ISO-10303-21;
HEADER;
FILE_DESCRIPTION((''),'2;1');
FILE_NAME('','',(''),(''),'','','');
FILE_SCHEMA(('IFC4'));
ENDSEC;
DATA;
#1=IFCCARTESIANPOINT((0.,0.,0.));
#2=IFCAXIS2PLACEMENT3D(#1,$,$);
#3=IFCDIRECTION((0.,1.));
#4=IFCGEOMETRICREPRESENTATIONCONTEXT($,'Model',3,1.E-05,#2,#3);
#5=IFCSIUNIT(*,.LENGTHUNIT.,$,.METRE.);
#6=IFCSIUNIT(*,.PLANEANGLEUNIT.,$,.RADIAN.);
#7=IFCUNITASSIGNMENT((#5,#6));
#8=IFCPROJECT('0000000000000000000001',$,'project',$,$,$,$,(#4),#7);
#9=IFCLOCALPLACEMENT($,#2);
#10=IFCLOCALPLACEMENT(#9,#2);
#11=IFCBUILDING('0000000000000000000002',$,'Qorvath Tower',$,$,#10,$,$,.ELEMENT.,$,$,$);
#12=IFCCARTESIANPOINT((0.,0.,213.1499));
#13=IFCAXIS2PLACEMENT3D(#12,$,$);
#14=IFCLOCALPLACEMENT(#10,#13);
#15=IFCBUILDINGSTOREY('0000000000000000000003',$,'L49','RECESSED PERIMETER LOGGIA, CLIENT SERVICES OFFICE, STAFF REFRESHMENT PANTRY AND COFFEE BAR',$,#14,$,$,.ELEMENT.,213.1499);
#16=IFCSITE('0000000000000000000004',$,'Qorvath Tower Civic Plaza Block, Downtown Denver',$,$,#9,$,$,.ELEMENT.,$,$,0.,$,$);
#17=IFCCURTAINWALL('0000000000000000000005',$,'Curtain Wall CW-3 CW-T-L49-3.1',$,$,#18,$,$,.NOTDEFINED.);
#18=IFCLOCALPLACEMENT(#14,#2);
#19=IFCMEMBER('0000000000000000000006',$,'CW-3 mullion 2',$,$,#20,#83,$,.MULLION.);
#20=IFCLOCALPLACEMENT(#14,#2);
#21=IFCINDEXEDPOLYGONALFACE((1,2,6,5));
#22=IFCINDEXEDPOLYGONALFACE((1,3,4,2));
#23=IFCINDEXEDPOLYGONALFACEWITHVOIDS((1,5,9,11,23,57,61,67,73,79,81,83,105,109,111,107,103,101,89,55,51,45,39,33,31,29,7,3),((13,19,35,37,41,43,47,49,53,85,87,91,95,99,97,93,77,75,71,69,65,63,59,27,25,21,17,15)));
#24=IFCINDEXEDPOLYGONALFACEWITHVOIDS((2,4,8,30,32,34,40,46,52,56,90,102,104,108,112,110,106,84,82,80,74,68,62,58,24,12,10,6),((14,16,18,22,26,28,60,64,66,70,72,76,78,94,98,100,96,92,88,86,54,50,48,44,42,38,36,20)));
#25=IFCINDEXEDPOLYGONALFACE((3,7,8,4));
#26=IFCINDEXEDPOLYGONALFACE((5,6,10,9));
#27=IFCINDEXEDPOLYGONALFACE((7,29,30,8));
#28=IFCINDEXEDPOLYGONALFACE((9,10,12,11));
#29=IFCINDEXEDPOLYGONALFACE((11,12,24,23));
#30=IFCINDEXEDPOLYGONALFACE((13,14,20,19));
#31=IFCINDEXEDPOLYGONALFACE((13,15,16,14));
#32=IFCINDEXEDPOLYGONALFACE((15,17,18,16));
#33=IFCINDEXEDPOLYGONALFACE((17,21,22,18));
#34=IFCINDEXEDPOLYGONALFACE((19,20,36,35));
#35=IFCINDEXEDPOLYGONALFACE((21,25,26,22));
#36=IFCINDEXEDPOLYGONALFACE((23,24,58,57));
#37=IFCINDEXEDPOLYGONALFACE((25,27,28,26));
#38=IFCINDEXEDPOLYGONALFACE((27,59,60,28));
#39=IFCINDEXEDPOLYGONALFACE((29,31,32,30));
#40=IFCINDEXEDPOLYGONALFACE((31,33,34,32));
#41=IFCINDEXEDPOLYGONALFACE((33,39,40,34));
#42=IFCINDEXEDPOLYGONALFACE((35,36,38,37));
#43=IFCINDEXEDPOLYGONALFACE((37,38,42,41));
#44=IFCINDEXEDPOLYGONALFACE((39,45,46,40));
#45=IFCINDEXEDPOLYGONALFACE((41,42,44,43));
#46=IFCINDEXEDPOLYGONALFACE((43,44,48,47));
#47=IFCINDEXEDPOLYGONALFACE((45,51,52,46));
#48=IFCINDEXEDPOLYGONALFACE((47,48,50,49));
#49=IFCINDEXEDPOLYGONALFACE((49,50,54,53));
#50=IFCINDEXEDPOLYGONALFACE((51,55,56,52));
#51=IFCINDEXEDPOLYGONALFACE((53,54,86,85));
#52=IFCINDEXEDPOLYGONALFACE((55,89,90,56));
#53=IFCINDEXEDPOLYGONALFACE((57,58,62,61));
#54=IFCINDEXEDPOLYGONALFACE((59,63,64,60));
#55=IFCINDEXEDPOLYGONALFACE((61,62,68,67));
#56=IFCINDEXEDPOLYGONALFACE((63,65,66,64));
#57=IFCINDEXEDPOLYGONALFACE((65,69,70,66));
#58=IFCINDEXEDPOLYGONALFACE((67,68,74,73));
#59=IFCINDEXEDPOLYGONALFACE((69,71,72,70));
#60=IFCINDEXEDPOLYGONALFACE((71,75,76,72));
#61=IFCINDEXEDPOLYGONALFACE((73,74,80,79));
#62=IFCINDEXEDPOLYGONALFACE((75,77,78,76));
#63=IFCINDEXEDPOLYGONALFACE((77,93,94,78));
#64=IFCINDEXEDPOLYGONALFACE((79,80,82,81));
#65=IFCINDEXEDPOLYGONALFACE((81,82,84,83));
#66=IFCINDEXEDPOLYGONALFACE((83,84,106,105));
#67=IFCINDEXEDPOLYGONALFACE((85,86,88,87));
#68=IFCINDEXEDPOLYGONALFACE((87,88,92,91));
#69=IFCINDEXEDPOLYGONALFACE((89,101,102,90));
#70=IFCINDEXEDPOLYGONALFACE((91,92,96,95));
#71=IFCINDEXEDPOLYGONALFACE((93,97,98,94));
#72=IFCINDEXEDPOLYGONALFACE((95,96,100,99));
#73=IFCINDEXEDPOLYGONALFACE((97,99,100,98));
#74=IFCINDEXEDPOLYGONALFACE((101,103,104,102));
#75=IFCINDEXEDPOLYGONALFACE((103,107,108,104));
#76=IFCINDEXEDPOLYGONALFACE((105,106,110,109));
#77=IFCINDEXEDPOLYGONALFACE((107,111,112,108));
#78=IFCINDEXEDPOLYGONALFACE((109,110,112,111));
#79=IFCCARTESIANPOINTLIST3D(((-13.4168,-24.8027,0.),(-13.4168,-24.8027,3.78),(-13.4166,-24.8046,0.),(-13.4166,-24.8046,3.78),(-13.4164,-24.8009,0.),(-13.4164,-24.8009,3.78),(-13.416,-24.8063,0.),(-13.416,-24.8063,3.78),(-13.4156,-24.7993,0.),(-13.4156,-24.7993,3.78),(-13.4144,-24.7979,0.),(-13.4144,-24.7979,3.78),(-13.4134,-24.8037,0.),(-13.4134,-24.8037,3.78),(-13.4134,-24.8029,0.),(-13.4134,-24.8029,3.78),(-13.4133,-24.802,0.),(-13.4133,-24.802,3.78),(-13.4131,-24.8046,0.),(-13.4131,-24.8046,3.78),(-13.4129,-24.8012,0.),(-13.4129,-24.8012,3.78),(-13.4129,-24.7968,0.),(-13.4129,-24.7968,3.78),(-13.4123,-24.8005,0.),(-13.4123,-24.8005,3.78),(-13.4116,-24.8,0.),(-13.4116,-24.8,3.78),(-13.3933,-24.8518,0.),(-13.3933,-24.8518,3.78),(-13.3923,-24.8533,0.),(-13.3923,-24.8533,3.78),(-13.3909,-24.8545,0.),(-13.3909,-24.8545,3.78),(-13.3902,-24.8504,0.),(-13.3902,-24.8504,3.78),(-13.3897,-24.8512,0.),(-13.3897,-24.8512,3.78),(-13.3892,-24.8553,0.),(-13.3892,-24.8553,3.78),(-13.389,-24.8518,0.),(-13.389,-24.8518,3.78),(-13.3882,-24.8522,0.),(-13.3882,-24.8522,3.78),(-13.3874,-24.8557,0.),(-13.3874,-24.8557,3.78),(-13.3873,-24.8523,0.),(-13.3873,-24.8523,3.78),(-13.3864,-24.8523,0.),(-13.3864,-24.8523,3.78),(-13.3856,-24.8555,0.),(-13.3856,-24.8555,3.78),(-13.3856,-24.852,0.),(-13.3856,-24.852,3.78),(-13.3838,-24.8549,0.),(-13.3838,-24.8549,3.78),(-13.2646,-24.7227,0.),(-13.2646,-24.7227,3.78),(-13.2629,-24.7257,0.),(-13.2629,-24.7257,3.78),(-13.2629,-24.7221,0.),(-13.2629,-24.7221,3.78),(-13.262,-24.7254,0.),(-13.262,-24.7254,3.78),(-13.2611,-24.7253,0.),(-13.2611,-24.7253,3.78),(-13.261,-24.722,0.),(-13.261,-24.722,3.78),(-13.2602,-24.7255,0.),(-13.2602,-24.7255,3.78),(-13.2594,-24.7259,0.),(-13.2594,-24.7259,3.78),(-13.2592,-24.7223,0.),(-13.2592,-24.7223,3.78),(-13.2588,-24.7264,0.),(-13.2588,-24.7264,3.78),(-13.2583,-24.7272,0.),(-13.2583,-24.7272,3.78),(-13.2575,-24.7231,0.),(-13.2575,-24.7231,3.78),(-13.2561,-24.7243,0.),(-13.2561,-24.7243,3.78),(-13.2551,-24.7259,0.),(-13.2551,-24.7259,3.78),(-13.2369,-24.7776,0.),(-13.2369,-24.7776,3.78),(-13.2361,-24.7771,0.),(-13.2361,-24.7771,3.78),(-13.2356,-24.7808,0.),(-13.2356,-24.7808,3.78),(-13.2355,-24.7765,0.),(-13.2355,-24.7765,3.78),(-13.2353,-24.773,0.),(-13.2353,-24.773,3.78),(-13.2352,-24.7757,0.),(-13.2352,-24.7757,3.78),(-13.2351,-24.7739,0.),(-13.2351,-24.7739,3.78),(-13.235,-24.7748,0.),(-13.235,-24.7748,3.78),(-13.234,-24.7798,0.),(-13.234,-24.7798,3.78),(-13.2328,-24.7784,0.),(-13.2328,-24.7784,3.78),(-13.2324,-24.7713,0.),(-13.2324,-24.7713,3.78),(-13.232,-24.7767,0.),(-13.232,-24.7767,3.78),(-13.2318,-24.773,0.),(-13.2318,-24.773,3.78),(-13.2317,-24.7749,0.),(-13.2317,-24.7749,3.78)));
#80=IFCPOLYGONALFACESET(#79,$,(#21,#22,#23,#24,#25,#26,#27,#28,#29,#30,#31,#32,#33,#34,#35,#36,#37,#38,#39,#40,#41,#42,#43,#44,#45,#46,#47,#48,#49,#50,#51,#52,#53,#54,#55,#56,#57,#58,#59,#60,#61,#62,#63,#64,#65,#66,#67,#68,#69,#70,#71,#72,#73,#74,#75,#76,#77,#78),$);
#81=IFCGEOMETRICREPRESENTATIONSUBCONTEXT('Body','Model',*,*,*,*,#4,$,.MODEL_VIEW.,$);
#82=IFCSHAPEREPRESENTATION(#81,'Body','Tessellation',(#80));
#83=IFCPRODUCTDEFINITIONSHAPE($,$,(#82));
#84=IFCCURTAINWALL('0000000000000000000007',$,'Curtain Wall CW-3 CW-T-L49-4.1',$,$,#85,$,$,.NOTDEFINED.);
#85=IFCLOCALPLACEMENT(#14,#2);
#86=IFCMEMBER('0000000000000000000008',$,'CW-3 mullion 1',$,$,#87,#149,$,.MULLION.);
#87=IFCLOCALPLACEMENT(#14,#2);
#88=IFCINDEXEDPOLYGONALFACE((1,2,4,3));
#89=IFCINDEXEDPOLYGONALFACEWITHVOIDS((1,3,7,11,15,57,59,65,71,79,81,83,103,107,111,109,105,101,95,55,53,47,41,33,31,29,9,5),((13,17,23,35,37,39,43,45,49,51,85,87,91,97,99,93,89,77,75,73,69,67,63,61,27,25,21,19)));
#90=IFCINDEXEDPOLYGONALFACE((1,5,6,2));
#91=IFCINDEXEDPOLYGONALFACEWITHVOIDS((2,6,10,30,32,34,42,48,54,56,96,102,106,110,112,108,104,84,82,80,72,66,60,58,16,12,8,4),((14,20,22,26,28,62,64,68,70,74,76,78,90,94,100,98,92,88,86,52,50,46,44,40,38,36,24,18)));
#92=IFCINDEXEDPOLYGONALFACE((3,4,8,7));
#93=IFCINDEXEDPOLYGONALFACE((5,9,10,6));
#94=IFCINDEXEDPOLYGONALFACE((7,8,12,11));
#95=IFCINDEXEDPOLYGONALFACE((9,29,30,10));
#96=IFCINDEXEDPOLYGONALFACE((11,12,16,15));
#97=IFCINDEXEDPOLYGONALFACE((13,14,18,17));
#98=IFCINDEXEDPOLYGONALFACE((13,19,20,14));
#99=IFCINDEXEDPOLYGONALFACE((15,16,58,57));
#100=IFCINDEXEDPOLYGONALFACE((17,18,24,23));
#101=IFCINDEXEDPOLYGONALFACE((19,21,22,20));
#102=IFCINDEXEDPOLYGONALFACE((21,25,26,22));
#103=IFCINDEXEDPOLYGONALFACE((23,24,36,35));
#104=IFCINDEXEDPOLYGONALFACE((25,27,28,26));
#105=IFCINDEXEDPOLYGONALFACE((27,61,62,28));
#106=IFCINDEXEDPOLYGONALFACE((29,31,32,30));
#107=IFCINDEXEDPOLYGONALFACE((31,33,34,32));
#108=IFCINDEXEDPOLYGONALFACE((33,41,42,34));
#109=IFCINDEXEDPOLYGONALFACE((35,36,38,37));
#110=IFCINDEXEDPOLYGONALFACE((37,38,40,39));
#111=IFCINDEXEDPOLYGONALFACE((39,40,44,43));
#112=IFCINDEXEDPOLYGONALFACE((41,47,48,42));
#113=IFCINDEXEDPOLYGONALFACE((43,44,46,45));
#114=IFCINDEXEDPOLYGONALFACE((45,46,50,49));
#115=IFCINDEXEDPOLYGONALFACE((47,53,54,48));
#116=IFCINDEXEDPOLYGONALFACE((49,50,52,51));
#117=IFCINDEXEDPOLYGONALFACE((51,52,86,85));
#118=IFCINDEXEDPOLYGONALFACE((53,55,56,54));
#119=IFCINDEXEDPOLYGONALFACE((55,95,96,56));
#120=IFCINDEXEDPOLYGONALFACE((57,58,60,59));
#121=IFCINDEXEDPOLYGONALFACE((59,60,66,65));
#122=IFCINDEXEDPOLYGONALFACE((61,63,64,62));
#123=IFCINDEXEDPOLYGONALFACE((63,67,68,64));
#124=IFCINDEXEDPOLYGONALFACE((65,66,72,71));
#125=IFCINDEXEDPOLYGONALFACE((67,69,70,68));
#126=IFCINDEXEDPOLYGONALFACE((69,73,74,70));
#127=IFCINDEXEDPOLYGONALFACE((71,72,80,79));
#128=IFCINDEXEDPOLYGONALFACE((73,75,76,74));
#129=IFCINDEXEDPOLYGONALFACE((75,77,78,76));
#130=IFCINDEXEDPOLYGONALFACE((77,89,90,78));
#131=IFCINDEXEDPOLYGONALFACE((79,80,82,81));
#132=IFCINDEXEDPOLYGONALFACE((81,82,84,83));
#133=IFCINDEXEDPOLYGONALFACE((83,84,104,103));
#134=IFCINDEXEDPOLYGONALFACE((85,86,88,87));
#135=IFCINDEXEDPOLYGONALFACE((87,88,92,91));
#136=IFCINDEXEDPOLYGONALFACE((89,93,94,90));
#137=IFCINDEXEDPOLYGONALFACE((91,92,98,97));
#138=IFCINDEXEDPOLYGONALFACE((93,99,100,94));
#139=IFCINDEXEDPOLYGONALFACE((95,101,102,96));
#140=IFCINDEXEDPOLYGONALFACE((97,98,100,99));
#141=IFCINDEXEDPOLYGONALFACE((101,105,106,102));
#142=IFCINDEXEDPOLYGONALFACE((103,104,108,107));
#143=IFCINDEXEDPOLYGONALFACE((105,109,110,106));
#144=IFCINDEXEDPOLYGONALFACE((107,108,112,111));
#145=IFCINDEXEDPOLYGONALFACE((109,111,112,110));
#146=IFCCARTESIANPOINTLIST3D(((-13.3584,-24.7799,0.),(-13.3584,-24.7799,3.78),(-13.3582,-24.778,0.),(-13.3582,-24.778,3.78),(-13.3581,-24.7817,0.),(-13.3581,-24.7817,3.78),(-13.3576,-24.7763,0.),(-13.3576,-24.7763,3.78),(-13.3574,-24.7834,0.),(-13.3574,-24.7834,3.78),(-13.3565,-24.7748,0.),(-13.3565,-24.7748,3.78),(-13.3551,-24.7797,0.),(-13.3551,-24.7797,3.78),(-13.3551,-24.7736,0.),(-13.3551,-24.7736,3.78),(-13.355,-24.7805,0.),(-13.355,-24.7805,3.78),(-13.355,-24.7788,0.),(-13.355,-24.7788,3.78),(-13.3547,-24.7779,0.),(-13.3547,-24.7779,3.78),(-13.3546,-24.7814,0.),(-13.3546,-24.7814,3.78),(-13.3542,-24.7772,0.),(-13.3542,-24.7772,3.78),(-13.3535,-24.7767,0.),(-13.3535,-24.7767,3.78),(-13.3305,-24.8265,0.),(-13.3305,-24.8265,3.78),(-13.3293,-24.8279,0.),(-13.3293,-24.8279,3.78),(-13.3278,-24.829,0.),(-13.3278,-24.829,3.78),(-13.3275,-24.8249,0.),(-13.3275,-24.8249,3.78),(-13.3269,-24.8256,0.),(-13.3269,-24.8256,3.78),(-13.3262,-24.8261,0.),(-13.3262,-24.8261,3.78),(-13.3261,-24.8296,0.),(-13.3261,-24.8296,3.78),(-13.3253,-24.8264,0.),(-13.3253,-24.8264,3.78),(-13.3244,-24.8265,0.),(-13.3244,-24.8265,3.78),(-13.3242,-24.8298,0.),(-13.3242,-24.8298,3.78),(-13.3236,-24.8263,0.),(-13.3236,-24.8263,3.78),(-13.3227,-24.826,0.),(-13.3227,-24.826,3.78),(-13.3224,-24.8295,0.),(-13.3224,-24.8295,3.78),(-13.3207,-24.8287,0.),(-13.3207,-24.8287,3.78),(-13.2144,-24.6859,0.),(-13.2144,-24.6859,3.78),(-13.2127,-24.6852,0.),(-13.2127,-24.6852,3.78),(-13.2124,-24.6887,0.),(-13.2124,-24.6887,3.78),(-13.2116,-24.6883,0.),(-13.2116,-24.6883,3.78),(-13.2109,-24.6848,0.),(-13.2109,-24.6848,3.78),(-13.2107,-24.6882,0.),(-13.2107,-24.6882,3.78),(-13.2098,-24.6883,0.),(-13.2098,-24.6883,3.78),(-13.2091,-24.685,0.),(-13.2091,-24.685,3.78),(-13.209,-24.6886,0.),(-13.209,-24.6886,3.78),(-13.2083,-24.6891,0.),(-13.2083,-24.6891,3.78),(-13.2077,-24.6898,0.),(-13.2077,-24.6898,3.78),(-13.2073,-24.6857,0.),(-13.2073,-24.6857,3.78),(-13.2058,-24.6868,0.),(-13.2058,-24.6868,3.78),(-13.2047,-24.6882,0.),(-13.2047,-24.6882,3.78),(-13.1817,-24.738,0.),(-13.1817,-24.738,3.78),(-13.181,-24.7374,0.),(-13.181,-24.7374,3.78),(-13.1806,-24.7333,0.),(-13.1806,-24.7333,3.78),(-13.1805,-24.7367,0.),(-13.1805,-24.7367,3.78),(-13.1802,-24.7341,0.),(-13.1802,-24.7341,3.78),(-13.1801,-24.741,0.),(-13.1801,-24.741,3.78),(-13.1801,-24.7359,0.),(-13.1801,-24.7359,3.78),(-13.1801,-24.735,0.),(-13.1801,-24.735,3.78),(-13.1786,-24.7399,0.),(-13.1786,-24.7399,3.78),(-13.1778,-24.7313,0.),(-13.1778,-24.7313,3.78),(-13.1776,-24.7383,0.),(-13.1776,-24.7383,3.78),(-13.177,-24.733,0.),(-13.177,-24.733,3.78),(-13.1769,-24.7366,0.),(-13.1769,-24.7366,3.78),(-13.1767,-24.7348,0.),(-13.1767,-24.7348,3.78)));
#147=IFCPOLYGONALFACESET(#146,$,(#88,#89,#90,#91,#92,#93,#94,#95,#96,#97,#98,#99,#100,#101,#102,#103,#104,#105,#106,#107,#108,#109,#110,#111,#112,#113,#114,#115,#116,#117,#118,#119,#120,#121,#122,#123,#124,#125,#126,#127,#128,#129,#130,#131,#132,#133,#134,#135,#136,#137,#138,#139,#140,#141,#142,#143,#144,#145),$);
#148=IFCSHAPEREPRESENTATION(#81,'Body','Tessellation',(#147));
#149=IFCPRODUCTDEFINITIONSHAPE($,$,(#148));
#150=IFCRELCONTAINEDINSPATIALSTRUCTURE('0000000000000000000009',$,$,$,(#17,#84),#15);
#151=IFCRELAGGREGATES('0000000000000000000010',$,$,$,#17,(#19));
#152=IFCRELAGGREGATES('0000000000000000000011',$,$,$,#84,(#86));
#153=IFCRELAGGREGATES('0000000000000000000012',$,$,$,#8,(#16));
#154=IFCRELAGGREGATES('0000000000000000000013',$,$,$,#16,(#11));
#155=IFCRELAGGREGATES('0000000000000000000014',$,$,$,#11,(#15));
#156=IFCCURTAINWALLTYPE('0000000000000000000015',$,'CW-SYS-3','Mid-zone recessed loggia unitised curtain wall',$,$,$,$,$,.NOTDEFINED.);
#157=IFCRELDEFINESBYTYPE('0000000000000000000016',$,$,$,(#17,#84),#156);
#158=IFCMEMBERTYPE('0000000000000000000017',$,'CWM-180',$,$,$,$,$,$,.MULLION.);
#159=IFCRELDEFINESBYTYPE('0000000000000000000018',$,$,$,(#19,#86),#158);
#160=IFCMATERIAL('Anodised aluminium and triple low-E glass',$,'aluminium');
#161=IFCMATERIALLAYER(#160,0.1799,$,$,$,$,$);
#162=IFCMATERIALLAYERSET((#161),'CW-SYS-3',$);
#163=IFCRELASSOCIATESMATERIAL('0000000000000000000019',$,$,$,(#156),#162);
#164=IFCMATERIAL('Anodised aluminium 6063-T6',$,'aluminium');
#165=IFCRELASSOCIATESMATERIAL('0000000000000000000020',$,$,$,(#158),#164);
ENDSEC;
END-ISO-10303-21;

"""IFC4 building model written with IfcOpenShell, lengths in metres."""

from ifc_helpers import new_model, si_unit, direction, frame, origin, origin_2d, place, context, subcontext, project, spatial, hollow_rectangle, extrude, material, layer, layer_set, material_profile, profile_set, type_object, element, aggregate, save


model = new_model("IFC4")

# Units and contexts
model_context = context("Model", 3, precision=1e-05, world=origin(), true_north=direction((0.0, 1.0)))
body_context = subcontext(model_context, "Body", "Model", "MODEL_VIEW")
ifc_project = project(units=[si_unit("LENGTHUNIT", "METRE"), si_unit("PLANEANGLEUNIT", "RADIAN")], contexts=[model_context])

# Site, building, storey
site_placement = place(None, origin())
site = spatial("IfcSite", under=ifc_project, at=site_placement, Name="Qorvath Tower Civic Plaza Block, Downtown Denver", CompositionType="ELEMENT", RefElevation=0.0)
building_placement = place(site_placement, origin())
building = spatial("IfcBuilding", under=site, at=building_placement, Name="Qorvath Tower", CompositionType="ELEMENT")
storey_placement = place(building_placement, frame((0.0, 0.0, 213.1499)))
storey = spatial("IfcBuildingStorey", under=building, at=storey_placement, Name="L49", Description="RECESSED PERIMETER LOGGIA, CLIENT SERVICES OFFICE, STAFF REFRESHMENT PANTRY AND COFFEE BAR", CompositionType="ELEMENT", Elevation=213.1499)

# Shared definitions
ifc_material_1 = material(Name="Anodised aluminium and triple low-E glass", Category="aluminium")
ifc_layer_1 = layer(ifc_material_1, 0.1799)
ifc_layer_set_1 = layer_set([ifc_layer_1], Name="CW-SYS-3")
curtain_wall_type = type_object("IfcCurtainWallType", Name="CW-SYS-3", Description="Mid-zone recessed loggia unitised curtain wall", PredefinedType="NOTDEFINED", material=ifc_layer_set_1)
ifc_material_2 = material(Name="Anodised aluminium 6063-T6", Category="aluminium")
ifc_material_profile_1 = material_profile(ifc_material_2, hollow_rectangle(XDim=0.0649, YDim=0.1799, WallThickness=0.0034, InnerFilletRadius=0.0034, OuterFilletRadius=0.0071, at=origin_2d()), Name="CWM 180x65")
ifc_profile_set_1 = profile_set([ifc_material_profile_1], Name="Anodised aluminium 6063-T6")
member_type_1 = type_object("IfcMemberType", Name="CWM-180", PredefinedType="MULLION", material=ifc_profile_set_1)

# Curtain walls, members
curtain_wall_1_placement = place(storey_placement, origin())
curtain_wall_1 = element("IfcCurtainWall", 1, at=curtain_wall_1_placement, inside=storey, type_object=curtain_wall_type, Name="Curtain Wall CW-3 CW-T-L49-3.1", PredefinedType="NOTDEFINED")
member_1_placement = place(storey_placement, frame((-13.3242, -24.7888, 0.0), z_axis=(0.0, 0.0, 1.0), x_axis=(-0.447167, 0.894451, 0.0)))
member_1 = element("IfcMember", 2, at=member_1_placement, type_object=member_type_1, Name="CW-3 mullion 2", PredefinedType="MULLION", context=body_context, shape_type="SweptSolid", body=[
    extrude(hollow_rectangle(XDim=0.0649, YDim=0.1799, WallThickness=0.0034, InnerFilletRadius=0.0034, OuterFilletRadius=0.0071, at=origin_2d()), origin(), (0.0, 0.0, 1.0), 3.78),
])
curtain_wall_2_placement = place(storey_placement, origin())
curtain_wall_2 = element("IfcCurtainWall", 3, at=curtain_wall_2_placement, inside=storey, type_object=curtain_wall_type, Name="Curtain Wall CW-3 CW-T-L49-4.1", PredefinedType="NOTDEFINED")
member_2_placement = place(storey_placement, frame((-13.2676, -24.7573, 0.0), z_axis=(0.0, 0.0, 1.0), x_axis=(-0.529074, 0.848576, 0.0)))
member_2 = element("IfcMember", 4, at=member_2_placement, type_object=member_type_1, Name="CW-3 mullion 1", PredefinedType="MULLION", context=body_context, shape_type="SweptSolid", body=[
    extrude(hollow_rectangle(XDim=0.0649, YDim=0.1799, WallThickness=0.0034, InnerFilletRadius=0.0034, OuterFilletRadius=0.0071, at=origin_2d()), origin(), (0.0, 0.0, 1.0), 3.78),
])

aggregate(curtain_wall_1, [member_1])
aggregate(curtain_wall_2, [member_2])

save(model, "model.ifc")
